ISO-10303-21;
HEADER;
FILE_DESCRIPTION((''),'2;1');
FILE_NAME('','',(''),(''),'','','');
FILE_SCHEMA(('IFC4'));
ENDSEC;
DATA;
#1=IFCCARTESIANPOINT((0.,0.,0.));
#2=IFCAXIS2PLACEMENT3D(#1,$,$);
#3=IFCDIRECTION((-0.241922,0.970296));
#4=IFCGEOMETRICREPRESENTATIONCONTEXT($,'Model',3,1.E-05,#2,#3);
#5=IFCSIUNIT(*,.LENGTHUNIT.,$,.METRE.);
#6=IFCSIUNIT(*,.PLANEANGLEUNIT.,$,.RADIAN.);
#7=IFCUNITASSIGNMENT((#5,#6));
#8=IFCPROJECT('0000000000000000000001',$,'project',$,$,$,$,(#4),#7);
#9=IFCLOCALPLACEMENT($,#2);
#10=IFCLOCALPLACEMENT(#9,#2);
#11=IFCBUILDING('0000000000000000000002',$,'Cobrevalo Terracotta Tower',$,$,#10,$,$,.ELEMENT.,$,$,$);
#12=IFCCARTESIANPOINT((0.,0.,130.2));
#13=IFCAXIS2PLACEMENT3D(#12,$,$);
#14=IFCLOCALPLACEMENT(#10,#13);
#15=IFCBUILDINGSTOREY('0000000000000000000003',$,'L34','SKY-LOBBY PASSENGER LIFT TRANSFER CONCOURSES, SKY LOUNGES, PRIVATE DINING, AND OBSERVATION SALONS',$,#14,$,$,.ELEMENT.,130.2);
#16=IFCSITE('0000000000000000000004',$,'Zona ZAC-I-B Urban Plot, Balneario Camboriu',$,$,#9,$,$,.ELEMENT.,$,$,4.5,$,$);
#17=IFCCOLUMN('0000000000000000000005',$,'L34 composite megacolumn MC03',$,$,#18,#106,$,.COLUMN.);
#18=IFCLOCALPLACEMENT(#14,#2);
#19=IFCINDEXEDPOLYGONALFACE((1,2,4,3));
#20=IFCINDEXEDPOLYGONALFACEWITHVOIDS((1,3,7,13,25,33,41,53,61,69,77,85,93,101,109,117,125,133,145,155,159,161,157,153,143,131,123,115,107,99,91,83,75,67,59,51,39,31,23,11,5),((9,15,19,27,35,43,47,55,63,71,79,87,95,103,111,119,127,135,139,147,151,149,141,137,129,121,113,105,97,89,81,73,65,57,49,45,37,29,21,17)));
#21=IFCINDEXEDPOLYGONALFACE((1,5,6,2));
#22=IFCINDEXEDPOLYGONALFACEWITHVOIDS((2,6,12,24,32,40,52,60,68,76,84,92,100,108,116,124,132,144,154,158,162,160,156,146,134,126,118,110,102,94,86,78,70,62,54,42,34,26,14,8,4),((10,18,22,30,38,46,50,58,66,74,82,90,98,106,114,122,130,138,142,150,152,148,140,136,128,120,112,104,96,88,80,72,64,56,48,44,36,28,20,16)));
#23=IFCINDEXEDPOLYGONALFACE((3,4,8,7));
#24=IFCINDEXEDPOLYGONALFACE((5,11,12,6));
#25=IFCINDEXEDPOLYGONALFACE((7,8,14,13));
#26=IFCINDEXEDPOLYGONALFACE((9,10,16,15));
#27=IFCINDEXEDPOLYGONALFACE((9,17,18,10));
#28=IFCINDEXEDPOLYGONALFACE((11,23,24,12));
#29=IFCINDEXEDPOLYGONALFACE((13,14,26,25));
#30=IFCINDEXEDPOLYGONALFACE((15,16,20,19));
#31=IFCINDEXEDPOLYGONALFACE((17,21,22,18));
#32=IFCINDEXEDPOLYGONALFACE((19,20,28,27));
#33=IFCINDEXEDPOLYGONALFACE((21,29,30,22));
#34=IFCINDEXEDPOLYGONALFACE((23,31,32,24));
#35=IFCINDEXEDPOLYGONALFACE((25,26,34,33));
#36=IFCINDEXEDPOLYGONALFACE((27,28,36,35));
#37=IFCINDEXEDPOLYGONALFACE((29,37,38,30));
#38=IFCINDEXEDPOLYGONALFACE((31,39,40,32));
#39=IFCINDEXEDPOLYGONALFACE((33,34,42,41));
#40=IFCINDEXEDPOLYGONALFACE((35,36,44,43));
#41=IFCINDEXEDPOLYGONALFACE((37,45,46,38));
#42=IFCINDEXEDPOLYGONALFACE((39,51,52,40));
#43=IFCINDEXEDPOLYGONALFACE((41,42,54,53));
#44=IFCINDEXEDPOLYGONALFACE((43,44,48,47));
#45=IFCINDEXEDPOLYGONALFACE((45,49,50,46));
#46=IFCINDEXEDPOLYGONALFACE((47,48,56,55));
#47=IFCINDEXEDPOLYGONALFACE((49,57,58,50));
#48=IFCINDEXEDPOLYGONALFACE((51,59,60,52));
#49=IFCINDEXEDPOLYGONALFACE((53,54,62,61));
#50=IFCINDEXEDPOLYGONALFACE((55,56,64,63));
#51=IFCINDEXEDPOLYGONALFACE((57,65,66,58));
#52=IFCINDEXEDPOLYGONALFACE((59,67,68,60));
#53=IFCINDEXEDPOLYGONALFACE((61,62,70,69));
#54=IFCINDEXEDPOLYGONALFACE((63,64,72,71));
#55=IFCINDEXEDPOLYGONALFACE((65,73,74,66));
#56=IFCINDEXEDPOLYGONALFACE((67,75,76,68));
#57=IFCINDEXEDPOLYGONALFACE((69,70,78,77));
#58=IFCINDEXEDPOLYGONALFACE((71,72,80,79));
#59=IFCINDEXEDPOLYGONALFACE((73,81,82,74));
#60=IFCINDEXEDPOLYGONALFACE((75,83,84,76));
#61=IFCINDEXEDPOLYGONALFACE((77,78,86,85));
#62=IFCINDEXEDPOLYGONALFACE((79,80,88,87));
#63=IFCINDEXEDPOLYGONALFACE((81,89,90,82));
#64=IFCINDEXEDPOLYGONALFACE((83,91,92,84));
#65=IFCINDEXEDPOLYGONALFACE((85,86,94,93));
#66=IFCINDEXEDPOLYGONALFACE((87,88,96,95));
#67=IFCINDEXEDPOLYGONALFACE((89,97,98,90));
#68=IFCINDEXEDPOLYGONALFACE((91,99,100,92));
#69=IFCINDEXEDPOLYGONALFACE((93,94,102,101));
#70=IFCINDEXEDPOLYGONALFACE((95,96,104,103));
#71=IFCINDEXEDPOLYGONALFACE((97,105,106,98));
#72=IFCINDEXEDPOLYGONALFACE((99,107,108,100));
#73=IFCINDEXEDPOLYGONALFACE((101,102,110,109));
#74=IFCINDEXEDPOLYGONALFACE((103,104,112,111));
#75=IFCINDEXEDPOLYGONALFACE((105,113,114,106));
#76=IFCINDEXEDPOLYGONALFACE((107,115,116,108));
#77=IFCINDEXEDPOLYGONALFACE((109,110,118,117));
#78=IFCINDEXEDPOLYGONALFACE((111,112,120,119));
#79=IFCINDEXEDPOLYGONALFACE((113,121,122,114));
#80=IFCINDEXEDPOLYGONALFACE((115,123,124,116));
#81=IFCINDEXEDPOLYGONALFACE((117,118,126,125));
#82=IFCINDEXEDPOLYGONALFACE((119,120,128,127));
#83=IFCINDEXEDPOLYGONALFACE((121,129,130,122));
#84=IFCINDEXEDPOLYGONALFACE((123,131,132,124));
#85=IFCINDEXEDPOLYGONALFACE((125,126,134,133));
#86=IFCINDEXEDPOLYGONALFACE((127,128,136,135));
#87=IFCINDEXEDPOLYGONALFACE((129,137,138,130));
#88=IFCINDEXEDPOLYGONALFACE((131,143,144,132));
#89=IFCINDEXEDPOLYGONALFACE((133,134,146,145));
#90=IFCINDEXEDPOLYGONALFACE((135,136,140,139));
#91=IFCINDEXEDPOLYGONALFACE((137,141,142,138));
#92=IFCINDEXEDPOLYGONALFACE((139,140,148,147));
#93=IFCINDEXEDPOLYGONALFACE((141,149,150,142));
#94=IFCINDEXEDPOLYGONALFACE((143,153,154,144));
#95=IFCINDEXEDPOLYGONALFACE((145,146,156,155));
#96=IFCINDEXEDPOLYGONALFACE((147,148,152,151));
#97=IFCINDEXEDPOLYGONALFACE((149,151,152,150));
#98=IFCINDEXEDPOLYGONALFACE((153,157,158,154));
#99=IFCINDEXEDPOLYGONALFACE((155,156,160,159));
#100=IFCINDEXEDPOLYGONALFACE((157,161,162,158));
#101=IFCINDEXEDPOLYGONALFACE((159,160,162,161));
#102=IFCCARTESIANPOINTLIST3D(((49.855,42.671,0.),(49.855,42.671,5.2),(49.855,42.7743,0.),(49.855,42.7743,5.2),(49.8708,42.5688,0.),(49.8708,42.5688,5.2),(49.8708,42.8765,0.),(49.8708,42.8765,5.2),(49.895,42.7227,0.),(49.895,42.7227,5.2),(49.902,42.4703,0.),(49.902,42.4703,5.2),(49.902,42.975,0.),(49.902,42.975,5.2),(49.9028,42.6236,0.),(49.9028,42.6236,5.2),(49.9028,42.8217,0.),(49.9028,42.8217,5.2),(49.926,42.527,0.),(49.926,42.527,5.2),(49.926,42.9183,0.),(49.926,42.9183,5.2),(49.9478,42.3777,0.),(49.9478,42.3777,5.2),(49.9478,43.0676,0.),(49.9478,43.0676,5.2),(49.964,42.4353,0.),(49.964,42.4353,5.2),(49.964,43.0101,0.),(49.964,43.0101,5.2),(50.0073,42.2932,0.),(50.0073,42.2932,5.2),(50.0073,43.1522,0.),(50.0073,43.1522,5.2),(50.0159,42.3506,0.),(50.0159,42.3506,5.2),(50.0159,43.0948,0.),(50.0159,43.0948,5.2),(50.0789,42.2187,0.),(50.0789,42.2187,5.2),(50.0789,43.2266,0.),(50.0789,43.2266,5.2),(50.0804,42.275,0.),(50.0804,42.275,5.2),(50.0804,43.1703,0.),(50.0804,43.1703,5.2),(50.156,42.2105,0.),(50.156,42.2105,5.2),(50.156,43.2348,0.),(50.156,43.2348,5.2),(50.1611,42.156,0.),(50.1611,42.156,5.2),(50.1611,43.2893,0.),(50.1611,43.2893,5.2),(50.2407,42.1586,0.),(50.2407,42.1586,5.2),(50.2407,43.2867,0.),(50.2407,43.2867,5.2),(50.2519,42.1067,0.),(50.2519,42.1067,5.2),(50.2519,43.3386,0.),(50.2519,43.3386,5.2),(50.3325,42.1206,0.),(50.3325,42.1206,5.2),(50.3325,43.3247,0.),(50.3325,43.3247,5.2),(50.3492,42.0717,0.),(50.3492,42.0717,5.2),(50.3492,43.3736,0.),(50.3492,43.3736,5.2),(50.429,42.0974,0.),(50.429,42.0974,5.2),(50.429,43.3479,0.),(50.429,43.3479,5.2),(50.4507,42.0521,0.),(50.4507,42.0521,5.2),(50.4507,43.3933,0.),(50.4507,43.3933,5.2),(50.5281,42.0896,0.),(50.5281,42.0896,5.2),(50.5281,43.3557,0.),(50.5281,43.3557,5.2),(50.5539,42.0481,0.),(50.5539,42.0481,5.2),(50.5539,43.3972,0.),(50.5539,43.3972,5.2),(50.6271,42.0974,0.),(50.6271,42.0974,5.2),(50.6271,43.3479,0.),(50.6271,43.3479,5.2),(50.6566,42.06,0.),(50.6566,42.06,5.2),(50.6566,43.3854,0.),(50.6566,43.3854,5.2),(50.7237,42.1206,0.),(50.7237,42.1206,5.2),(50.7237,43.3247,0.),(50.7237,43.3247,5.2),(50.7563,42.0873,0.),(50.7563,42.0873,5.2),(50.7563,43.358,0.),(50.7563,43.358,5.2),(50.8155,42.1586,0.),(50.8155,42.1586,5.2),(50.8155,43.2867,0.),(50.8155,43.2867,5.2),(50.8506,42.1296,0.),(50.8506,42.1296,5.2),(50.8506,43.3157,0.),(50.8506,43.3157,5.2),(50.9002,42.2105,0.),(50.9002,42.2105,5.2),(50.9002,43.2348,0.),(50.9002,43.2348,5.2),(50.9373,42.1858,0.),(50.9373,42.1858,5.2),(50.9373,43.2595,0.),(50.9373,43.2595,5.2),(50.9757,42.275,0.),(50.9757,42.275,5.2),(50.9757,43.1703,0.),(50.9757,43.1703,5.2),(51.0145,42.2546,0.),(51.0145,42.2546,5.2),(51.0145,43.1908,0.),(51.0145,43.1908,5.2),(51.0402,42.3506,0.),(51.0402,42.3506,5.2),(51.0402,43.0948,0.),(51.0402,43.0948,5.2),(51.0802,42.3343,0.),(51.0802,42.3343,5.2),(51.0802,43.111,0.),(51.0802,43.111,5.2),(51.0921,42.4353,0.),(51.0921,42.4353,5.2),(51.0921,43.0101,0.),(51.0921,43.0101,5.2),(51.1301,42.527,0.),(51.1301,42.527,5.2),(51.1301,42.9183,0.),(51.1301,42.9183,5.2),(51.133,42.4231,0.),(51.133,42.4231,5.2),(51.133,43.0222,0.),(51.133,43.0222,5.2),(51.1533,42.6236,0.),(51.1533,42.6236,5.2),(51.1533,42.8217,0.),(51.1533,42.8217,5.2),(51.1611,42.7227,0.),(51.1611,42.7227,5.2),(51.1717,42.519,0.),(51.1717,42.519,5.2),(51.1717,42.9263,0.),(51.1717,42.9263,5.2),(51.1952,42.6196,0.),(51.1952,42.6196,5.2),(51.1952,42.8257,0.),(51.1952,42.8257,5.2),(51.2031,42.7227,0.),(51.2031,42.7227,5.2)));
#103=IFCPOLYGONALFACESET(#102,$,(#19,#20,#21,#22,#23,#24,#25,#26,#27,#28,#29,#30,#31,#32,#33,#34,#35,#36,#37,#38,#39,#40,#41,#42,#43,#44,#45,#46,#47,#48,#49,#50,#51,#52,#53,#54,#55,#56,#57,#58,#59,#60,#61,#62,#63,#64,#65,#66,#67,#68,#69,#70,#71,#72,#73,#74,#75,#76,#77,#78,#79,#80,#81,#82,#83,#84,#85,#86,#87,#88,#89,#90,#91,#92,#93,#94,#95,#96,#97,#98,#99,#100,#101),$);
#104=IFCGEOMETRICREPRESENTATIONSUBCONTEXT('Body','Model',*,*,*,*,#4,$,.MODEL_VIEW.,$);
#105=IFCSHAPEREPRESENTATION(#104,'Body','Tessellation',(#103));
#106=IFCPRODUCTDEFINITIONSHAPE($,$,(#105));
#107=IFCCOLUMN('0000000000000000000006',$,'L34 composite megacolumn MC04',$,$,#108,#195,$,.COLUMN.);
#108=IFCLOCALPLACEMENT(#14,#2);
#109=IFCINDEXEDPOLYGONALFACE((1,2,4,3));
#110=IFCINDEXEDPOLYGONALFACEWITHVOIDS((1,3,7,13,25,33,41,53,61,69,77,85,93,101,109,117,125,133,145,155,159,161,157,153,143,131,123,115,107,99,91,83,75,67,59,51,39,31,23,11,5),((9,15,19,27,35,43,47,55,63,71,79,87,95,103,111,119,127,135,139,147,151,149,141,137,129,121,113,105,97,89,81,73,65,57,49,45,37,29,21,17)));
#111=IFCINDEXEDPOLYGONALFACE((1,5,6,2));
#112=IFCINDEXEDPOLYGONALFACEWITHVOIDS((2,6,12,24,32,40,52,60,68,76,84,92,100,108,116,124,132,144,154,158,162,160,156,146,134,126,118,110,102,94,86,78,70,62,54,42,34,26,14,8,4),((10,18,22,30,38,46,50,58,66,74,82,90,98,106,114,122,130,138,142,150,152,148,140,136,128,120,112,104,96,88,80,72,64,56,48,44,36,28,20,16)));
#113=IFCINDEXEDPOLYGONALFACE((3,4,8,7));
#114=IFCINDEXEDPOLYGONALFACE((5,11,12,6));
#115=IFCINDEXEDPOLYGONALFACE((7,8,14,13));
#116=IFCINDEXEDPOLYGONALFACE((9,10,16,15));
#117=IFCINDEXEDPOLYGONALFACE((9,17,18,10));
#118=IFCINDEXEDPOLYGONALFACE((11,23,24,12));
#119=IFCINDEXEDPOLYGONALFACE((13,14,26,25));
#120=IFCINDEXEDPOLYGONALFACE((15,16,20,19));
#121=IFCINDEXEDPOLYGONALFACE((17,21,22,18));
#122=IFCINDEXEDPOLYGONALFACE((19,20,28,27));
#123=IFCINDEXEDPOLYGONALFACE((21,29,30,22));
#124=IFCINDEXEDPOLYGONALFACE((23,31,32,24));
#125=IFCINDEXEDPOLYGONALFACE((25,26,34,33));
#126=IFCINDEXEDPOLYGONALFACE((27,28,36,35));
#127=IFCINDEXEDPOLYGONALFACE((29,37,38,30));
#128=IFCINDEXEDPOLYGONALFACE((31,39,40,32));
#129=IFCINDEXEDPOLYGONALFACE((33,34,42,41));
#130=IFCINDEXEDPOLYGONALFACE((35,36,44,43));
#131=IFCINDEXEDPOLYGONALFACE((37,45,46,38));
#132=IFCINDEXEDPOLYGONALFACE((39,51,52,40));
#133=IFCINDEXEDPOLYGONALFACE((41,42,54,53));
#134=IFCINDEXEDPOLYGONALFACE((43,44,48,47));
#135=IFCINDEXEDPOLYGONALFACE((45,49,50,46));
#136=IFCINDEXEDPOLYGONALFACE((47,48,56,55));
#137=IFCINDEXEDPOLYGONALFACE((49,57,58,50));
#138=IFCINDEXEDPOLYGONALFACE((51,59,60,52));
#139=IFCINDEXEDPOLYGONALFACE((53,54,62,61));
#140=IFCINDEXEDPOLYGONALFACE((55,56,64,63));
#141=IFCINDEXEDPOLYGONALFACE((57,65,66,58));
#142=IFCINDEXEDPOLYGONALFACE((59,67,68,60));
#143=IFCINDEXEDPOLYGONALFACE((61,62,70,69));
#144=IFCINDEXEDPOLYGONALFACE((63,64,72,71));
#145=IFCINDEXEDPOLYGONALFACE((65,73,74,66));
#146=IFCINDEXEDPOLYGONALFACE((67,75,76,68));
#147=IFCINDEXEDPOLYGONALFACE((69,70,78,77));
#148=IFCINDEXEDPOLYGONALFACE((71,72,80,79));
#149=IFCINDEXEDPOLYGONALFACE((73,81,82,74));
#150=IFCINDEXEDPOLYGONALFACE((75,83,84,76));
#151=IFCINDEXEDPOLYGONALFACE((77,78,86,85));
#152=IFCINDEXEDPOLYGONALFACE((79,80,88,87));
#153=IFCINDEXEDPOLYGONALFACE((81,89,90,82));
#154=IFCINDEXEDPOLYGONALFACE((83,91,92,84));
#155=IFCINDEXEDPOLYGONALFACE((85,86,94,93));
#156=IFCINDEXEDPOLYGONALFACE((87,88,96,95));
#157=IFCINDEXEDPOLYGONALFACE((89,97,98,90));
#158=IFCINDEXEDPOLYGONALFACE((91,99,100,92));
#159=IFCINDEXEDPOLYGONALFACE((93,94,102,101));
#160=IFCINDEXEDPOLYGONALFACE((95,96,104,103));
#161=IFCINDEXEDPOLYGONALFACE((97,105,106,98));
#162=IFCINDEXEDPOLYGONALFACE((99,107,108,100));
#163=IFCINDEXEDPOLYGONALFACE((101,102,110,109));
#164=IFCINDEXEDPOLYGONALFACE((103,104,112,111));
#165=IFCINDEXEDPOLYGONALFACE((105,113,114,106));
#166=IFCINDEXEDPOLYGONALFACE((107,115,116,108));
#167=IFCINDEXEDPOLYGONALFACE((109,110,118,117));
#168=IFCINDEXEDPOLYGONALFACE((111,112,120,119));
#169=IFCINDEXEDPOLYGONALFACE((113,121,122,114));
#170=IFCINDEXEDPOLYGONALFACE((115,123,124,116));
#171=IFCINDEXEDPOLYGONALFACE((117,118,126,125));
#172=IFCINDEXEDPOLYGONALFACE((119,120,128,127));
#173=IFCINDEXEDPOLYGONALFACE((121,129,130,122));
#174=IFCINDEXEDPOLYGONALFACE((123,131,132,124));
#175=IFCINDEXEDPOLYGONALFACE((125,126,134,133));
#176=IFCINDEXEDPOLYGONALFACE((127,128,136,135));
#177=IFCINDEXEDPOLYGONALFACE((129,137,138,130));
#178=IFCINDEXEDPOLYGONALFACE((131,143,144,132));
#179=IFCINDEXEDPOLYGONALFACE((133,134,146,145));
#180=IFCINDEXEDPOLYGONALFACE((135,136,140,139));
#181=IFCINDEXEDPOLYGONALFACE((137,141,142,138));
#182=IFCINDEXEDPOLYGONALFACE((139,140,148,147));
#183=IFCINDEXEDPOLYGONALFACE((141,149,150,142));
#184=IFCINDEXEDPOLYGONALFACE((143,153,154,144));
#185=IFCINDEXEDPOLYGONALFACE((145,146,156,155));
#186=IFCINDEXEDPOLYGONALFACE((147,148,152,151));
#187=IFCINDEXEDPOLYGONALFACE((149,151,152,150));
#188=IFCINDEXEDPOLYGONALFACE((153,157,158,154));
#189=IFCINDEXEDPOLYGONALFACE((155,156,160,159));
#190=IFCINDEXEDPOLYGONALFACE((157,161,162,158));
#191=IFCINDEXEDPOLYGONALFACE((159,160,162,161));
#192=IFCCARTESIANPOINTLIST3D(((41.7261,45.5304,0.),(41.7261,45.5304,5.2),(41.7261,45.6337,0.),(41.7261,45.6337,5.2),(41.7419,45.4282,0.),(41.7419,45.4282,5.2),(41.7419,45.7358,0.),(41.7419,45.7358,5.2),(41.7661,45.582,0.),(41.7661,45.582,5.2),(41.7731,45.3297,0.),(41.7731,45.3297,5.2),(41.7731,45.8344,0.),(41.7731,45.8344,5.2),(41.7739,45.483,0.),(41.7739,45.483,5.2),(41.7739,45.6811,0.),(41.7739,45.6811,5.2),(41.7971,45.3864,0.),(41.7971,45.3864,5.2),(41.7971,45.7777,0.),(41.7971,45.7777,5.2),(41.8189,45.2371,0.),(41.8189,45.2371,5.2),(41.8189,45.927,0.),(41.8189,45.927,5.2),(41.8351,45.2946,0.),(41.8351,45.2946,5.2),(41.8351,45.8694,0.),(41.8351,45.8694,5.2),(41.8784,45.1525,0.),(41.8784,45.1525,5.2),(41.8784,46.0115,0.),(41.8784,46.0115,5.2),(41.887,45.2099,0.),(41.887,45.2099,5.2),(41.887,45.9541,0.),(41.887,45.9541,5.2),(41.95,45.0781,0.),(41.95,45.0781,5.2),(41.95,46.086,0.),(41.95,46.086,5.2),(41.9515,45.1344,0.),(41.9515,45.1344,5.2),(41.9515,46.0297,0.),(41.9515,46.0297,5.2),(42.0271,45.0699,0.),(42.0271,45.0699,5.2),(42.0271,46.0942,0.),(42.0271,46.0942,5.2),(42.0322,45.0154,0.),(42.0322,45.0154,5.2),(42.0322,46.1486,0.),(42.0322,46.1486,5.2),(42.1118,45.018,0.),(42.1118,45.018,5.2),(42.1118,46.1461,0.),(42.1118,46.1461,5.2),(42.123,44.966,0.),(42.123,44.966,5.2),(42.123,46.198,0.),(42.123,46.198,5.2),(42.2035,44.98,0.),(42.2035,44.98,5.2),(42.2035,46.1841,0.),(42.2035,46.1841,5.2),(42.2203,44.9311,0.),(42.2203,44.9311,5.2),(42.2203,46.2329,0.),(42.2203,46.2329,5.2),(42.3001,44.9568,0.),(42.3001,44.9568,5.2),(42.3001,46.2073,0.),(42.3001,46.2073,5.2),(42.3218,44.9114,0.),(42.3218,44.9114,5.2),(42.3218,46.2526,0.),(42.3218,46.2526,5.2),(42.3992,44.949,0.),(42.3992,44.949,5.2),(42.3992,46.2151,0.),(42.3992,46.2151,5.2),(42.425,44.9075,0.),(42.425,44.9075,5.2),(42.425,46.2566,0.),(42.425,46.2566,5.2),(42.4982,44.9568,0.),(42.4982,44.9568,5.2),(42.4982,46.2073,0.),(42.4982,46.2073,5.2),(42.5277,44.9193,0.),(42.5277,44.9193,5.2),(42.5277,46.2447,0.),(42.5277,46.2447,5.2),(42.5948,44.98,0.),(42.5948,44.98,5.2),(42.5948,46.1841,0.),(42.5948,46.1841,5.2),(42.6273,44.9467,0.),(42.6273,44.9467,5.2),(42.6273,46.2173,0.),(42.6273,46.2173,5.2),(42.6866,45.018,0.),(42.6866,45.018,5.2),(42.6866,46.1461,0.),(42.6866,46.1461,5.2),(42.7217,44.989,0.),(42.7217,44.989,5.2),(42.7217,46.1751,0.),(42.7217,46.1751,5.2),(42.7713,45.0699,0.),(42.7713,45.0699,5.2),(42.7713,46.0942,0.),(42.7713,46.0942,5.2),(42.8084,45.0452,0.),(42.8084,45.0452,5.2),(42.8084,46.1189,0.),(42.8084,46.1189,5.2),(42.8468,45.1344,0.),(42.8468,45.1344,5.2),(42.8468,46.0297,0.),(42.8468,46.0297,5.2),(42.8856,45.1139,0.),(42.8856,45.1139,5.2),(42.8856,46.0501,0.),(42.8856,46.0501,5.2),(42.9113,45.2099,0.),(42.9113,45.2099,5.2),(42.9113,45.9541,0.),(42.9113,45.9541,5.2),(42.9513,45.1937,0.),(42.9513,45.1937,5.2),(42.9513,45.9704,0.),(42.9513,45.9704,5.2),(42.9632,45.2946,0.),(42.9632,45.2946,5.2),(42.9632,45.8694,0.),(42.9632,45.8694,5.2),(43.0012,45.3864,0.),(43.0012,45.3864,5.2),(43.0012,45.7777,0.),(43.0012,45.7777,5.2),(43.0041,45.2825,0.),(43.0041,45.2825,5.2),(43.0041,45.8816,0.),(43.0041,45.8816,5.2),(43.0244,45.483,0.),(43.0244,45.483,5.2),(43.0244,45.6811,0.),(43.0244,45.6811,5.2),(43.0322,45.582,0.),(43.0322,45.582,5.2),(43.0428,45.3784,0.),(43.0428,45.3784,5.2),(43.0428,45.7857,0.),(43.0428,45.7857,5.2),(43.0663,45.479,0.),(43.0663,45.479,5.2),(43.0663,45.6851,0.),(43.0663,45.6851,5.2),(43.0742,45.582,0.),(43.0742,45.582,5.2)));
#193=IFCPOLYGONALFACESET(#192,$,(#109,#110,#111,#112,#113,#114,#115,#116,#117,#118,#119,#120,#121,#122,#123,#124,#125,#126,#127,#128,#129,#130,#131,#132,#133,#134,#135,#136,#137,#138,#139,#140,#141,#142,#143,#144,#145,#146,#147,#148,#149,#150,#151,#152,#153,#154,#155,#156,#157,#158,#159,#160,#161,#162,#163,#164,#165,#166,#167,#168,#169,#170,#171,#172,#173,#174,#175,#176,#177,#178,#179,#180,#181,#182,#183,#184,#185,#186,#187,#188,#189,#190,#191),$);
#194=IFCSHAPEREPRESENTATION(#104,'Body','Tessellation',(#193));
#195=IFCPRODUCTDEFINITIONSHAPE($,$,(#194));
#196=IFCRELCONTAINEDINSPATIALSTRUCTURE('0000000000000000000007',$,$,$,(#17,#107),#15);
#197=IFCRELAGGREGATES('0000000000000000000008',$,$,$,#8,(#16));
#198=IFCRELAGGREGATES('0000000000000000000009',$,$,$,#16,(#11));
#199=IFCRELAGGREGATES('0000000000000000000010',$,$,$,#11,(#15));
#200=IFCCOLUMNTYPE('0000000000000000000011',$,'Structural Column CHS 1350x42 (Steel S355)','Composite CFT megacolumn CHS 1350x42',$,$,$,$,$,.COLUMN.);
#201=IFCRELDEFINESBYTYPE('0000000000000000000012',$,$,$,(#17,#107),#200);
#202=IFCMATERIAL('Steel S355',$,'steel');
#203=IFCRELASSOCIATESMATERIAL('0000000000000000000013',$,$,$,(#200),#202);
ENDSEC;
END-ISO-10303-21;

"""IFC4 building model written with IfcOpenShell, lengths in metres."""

from ifc_helpers import new_model, si_unit, direction, frame, origin, origin_2d, place, context, subcontext, project, spatial, hollow_circle, extrude, material, material_profile, profile_set, type_object, element, save


model = new_model("IFC4")

# Units and contexts
model_context = context("Model", 3, precision=1e-05, world=origin(), true_north=direction((-0.241922, 0.970296)))
body_context = subcontext(model_context, "Body", "Model", "MODEL_VIEW")
ifc_project = project(units=[si_unit("LENGTHUNIT", "METRE"), si_unit("PLANEANGLEUNIT", "RADIAN")], contexts=[model_context])

# Site, building, storey
site_placement = place(None, origin())
site = spatial("IfcSite", under=ifc_project, at=site_placement, Name="Zona ZAC-I-B Urban Plot, Balneario Camboriu", CompositionType="ELEMENT", RefElevation=4.5)
building_placement = place(site_placement, origin())
building = spatial("IfcBuilding", under=site, at=building_placement, Name="Cobrevalo Terracotta Tower", CompositionType="ELEMENT")
storey_placement = place(building_placement, frame((0.0, 0.0, 130.2)))
storey = spatial("IfcBuildingStorey", under=building, at=storey_placement, Name="L34", Description="SKY-LOBBY PASSENGER LIFT TRANSFER CONCOURSES, SKY LOUNGES, PRIVATE DINING, AND OBSERVATION SALONS", CompositionType="ELEMENT", Elevation=130.2)

# Columns
ifc_material_1 = material(Name="Steel S355", Category="steel")
ifc_material_profile_1 = material_profile(ifc_material_1, hollow_circle(Radius=0.675, WallThickness=0.042, at=origin_2d()), Name="CHS 1350x42")
ifc_profile_set_1 = profile_set([ifc_material_profile_1], Name="Steel S355")
column_type = type_object("IfcColumnType", Name="Structural Column CHS 1350x42 (Steel S355)", Description="Composite CFT megacolumn CHS 1350x42", PredefinedType="COLUMN", material=ifc_profile_set_1)
for number, where, z_axis, x_axis, name in (
    (1, (50.5281, 42.7227, 0.0), (0.0, 0.0, 1.0), (1.0, 0.0, 0.0), "L34 composite megacolumn MC03"),
    (2, (42.3992, 45.582, 0.0), (0.0, 0.0, 1.0), (1.0, 0.0, 0.0), "L34 composite megacolumn MC04"),
):
    element("IfcColumn", number, at=place(storey_placement, frame(where, z_axis=z_axis, x_axis=x_axis)), inside=storey, type_object=column_type, Name=name, PredefinedType="COLUMN", context=body_context, shape_type="SweptSolid", body=[
        extrude(hollow_circle(Radius=0.675, WallThickness=0.042, at=origin_2d()), origin(), (0.0, 0.0, 1.0), 5.2),
    ])

save(model, "model.ifc")
